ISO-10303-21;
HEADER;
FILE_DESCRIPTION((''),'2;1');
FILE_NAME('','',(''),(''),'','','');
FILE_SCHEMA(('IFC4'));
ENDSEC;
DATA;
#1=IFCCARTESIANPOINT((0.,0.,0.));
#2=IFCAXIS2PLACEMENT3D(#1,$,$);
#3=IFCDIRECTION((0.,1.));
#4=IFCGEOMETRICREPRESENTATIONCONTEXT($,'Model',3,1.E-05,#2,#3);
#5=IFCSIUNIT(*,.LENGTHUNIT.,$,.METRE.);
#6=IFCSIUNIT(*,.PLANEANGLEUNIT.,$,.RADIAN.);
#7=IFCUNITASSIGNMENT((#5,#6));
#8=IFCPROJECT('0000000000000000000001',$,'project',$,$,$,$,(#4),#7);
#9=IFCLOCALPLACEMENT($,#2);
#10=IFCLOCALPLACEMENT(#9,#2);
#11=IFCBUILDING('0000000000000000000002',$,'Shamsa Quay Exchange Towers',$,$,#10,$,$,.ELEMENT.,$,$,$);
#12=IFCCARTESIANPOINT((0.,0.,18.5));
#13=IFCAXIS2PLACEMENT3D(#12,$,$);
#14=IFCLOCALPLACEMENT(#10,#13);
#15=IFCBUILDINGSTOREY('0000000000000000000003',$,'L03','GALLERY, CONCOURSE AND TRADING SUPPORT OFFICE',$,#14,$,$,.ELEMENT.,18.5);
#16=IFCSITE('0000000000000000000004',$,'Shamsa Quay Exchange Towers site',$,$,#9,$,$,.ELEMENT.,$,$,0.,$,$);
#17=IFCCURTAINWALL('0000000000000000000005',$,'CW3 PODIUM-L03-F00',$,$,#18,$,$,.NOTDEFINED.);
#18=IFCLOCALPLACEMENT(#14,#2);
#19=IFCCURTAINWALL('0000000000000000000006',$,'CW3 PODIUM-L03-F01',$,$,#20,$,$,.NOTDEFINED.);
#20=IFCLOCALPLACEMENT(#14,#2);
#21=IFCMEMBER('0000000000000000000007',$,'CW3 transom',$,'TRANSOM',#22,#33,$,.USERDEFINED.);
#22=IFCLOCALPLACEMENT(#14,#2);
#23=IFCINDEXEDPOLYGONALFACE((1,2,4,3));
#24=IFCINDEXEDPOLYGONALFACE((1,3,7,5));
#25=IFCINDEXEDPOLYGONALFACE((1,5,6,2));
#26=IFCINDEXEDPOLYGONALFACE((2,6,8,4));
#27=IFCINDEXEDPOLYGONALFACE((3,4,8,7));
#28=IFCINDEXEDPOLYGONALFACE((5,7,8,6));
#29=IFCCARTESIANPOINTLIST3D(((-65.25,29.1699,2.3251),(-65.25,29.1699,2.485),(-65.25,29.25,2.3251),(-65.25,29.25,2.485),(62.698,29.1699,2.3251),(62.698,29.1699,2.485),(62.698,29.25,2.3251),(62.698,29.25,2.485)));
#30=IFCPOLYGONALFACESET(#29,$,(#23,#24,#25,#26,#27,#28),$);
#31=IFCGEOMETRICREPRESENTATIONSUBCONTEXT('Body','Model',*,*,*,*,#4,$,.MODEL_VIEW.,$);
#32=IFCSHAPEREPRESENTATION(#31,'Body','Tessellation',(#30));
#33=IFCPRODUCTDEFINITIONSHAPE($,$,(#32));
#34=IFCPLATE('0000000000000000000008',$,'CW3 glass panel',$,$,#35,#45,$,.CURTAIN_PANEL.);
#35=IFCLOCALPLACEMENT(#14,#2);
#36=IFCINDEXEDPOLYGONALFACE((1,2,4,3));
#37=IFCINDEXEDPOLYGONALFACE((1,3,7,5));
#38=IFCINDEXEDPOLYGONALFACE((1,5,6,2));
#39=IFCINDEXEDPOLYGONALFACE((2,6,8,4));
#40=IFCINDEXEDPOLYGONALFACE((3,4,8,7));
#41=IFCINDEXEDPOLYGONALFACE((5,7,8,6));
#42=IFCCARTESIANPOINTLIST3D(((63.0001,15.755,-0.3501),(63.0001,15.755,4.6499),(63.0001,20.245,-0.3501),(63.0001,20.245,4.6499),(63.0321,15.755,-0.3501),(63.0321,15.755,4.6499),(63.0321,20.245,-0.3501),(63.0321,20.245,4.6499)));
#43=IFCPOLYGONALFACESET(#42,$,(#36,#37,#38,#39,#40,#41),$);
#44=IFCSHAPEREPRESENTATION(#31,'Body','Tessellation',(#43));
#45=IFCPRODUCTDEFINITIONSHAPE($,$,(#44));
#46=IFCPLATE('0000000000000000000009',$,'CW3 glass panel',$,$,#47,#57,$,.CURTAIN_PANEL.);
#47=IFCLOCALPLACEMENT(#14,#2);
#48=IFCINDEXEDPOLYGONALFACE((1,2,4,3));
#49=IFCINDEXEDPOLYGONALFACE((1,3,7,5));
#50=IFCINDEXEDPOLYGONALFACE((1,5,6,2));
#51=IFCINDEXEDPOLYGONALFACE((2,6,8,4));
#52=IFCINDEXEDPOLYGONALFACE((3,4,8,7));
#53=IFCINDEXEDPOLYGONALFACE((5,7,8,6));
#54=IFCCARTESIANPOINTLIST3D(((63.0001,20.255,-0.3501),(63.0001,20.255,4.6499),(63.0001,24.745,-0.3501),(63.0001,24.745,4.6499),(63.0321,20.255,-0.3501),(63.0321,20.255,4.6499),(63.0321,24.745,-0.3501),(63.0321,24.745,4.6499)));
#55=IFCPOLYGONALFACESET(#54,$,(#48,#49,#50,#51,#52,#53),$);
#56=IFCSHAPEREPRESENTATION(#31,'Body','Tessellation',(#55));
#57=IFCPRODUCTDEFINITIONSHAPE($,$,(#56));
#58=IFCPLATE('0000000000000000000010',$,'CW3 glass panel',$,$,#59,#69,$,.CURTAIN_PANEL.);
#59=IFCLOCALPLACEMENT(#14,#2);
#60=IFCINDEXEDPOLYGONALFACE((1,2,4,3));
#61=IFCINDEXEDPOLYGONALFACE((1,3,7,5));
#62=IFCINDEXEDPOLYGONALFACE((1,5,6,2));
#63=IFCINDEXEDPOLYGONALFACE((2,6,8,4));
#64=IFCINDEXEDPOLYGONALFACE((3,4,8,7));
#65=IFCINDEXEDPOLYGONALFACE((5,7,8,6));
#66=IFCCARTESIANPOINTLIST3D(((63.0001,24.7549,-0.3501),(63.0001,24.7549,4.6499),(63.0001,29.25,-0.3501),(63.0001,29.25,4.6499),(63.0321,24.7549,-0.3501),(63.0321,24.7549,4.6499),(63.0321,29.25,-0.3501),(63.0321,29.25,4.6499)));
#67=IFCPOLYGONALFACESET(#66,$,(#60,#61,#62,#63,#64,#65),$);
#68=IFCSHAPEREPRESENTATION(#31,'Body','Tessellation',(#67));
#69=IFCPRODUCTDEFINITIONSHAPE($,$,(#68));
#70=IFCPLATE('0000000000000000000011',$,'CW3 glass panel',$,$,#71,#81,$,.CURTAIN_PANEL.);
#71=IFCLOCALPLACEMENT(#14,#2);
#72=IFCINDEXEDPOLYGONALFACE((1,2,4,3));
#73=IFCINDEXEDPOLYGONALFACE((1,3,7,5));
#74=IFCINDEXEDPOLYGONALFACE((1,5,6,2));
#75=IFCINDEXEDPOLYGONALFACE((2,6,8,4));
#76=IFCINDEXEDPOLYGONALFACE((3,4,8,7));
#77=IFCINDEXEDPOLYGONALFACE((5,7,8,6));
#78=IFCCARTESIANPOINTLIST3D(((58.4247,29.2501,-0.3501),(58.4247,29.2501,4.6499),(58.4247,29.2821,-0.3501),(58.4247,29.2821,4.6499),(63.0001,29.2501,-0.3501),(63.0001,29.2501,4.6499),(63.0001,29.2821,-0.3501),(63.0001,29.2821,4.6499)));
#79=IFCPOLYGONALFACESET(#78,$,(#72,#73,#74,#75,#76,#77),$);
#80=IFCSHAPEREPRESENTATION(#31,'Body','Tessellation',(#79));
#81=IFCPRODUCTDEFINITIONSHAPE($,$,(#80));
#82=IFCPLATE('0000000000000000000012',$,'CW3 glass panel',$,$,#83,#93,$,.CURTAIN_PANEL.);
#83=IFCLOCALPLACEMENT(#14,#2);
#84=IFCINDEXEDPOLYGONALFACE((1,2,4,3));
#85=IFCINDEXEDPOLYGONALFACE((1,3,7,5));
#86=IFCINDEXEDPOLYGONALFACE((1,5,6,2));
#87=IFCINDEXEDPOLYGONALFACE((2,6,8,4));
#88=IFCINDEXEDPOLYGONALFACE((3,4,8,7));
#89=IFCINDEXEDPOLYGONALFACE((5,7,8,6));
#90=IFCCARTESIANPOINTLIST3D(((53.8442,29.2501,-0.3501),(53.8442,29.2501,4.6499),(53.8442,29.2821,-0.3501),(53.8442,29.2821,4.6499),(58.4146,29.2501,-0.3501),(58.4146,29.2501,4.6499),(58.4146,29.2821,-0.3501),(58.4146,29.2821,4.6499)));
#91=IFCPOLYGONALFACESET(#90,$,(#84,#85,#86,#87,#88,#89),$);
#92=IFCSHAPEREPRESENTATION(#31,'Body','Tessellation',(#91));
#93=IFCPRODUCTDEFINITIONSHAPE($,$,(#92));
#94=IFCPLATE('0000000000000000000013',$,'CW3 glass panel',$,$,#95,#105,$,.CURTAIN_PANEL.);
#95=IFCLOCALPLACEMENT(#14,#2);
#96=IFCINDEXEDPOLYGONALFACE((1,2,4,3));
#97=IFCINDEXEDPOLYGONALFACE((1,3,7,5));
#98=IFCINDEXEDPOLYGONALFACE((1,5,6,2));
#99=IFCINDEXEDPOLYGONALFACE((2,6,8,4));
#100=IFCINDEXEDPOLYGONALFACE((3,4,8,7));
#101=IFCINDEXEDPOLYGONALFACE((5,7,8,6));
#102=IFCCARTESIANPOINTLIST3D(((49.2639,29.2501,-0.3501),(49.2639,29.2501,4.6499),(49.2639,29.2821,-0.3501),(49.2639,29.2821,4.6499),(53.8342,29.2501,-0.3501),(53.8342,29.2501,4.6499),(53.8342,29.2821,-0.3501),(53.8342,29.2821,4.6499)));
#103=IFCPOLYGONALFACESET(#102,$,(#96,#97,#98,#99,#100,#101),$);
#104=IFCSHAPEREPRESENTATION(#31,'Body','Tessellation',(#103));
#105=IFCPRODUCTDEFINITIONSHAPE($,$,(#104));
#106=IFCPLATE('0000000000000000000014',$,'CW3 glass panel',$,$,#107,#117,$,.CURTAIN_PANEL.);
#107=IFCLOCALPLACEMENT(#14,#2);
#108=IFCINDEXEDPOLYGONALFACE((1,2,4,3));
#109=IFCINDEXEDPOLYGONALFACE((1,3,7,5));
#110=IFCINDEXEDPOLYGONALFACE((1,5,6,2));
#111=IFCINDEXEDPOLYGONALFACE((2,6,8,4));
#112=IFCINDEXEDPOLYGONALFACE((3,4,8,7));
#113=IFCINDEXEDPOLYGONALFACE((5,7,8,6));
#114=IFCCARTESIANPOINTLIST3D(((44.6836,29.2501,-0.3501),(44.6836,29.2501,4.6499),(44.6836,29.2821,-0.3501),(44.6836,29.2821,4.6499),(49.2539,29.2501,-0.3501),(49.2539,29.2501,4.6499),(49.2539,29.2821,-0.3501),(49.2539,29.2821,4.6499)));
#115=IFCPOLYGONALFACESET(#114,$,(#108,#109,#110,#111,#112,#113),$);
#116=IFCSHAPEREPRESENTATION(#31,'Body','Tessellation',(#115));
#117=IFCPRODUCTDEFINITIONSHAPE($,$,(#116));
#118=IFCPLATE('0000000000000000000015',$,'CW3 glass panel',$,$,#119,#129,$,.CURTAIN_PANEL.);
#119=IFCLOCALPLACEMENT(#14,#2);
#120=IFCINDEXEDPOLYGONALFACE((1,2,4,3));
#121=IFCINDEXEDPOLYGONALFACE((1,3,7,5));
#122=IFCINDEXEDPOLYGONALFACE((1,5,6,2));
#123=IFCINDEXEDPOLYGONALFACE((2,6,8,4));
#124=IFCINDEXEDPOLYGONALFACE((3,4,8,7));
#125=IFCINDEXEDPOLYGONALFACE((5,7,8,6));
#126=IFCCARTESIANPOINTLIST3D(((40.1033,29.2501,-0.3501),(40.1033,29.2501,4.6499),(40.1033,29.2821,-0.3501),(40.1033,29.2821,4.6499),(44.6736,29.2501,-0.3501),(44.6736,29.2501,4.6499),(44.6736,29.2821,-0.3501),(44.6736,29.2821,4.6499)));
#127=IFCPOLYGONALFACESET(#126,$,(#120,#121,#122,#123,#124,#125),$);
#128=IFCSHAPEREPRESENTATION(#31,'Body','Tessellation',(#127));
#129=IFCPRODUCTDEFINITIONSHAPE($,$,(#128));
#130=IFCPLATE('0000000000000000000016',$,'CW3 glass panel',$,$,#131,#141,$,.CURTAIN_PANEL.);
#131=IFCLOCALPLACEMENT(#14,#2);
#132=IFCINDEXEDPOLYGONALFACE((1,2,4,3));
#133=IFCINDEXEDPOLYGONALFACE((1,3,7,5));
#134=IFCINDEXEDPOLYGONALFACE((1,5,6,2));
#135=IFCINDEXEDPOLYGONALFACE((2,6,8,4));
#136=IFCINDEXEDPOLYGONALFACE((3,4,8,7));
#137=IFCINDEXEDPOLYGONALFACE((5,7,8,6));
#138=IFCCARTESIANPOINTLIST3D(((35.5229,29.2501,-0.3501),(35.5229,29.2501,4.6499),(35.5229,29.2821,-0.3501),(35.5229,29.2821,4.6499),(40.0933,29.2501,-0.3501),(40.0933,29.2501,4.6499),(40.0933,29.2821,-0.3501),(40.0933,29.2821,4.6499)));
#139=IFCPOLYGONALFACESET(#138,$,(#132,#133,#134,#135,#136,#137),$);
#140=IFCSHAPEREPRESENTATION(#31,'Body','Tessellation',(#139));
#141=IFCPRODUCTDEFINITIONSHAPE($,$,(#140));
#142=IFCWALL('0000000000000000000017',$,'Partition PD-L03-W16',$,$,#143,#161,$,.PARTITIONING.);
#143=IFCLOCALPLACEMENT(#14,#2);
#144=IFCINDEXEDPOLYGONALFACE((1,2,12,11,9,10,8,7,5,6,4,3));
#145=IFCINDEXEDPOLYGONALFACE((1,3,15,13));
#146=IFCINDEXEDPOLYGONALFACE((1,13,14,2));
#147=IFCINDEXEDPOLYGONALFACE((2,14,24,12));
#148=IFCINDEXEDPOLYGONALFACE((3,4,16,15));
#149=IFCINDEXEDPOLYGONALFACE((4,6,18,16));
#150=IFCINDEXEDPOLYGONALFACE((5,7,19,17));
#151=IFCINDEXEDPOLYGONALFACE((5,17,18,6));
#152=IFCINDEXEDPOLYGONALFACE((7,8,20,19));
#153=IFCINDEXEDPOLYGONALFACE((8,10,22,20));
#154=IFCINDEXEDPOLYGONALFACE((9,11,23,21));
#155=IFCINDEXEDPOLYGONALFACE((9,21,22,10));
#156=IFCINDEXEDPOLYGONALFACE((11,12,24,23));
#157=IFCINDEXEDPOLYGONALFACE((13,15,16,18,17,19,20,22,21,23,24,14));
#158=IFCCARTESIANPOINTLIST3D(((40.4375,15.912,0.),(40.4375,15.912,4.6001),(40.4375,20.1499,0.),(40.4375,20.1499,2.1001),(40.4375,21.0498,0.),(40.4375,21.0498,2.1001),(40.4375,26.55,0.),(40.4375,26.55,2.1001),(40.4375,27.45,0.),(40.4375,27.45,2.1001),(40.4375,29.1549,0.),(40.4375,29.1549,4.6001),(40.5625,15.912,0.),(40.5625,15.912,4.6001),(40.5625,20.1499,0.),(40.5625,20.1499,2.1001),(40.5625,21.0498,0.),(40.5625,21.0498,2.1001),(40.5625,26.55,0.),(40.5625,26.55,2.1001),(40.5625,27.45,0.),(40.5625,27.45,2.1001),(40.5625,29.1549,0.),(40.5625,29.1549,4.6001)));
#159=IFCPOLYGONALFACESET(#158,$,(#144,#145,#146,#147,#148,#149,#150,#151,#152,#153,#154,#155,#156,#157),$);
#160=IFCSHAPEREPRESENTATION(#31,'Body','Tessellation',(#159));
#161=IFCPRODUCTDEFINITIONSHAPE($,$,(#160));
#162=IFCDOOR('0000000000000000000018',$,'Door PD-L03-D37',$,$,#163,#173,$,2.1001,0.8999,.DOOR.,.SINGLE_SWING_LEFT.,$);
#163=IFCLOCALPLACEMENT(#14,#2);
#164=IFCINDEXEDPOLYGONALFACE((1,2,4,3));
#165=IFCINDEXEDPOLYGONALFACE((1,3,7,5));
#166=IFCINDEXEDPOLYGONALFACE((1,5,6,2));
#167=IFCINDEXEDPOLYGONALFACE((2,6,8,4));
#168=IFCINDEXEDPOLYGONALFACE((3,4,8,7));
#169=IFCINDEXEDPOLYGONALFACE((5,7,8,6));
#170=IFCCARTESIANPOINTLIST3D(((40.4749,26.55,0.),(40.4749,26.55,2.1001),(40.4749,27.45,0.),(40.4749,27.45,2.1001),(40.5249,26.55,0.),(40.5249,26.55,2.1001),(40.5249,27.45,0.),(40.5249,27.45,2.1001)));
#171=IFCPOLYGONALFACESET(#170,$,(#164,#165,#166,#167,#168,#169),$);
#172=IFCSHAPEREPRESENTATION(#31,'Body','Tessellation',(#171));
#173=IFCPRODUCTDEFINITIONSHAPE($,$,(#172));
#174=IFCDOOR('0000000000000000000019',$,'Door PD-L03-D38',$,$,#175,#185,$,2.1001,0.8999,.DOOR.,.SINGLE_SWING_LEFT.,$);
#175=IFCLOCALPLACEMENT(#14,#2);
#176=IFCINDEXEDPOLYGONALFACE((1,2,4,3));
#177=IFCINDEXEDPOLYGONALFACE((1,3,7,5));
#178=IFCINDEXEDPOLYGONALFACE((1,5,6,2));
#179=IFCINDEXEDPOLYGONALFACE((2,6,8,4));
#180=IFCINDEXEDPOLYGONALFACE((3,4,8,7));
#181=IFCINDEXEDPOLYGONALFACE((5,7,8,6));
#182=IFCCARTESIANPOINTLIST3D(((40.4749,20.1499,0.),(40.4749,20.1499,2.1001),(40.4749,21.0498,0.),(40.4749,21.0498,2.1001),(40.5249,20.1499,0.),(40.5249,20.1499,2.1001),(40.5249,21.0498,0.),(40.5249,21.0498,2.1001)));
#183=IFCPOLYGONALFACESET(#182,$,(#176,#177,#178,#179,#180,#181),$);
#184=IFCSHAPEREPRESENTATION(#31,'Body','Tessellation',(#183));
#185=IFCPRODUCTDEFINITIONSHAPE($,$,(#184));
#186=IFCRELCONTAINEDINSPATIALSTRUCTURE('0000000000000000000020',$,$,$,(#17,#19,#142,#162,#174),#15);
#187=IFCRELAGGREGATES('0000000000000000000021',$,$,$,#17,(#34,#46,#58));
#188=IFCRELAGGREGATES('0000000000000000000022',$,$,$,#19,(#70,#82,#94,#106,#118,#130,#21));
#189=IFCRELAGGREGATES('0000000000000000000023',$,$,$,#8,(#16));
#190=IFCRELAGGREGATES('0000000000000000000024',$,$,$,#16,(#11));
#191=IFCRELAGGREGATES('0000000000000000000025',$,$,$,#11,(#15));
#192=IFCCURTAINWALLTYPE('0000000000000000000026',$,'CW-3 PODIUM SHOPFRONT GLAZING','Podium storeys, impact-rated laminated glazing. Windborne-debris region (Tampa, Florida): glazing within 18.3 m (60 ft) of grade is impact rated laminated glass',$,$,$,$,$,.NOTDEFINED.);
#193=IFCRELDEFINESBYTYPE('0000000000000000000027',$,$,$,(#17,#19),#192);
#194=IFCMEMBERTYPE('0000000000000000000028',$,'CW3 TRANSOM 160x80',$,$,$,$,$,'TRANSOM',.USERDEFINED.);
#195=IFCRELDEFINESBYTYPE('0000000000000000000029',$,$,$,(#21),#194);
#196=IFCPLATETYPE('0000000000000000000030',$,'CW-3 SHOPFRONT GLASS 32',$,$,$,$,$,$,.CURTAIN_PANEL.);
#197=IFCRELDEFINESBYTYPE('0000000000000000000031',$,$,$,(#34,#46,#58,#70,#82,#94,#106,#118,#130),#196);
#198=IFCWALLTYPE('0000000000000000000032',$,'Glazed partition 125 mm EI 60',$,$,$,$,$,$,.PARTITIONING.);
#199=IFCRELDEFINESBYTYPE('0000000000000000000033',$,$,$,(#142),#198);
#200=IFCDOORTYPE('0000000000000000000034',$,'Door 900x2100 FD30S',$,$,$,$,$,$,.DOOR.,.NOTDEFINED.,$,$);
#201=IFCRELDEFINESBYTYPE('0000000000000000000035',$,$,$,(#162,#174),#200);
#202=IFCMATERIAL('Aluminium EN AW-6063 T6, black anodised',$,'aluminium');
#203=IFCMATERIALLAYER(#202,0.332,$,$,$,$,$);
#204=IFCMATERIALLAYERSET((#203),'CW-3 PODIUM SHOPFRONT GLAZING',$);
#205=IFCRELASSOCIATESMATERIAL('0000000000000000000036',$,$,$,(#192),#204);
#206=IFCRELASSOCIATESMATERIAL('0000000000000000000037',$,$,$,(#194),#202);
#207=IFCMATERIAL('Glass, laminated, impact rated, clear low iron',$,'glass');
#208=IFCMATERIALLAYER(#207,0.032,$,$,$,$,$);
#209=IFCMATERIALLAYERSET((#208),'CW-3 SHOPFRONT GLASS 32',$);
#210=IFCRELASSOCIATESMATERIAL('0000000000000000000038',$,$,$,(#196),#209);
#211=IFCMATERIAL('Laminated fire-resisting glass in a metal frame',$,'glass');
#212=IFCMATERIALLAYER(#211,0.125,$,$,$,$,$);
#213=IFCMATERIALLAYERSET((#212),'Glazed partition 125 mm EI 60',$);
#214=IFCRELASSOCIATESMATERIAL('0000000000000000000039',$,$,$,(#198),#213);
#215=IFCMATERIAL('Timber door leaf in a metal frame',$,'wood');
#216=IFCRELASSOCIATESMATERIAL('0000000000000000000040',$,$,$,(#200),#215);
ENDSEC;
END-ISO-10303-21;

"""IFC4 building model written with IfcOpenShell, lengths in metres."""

from ifc_helpers import new_model, si_unit, direction, frame, frame_2d, origin, origin_2d, place, context, subcontext, project, spatial, rectangle, extrude, material, layer, layer_set, material_profile, profile_set, type_object, element, fill, aggregate, save


model = new_model("IFC4")

# Units and contexts
model_context = context("Model", 3, precision=1e-05, world=origin(), true_north=direction((0.0, 1.0)))
body_context = subcontext(model_context, "Body", "Model", "MODEL_VIEW")
ifc_project = project(units=[si_unit("LENGTHUNIT", "METRE"), si_unit("PLANEANGLEUNIT", "RADIAN")], contexts=[model_context])

# Site, building, storey
site_placement = place(None, origin())
site = spatial("IfcSite", under=ifc_project, at=site_placement, Name="Shamsa Quay Exchange Towers site", CompositionType="ELEMENT", RefElevation=0.0)
building_placement = place(site_placement, origin())
building = spatial("IfcBuilding", under=site, at=building_placement, Name="Shamsa Quay Exchange Towers", CompositionType="ELEMENT")
storey_placement = place(building_placement, frame((0.0, 0.0, 18.5)))
storey = spatial("IfcBuildingStorey", under=building, at=storey_placement, Name="L03", Description="GALLERY, CONCOURSE AND TRADING SUPPORT OFFICE", CompositionType="ELEMENT", Elevation=18.5)

# Curtain wall
ifc_material_1 = material(Name="Aluminium EN AW-6063 T6, black anodised", Category="aluminium")
ifc_layer_1 = layer(ifc_material_1, 0.332)
ifc_layer_set_1 = layer_set([ifc_layer_1], Name="CW-3 PODIUM SHOPFRONT GLAZING")
curtain_wall_type = type_object("IfcCurtainWallType", Name="CW-3 PODIUM SHOPFRONT GLAZING", Description="Podium storeys, impact-rated laminated glazing. Windborne-debris region (Tampa, Florida): glazing within 18.3 m (60 ft) of grade is impact rated laminated glass", PredefinedType="NOTDEFINED", material=ifc_layer_set_1)
curtain_wall_1_placement = place(storey_placement, origin())
curtain_wall_1 = element("IfcCurtainWall", 1, at=curtain_wall_1_placement, inside=storey, type_object=curtain_wall_type, Name="CW3 PODIUM-L03-F00", PredefinedType="NOTDEFINED")

# Curtain wall, member
curtain_wall_2_placement = place(storey_placement, origin())
curtain_wall_2 = element("IfcCurtainWall", 2, at=curtain_wall_2_placement, inside=storey, type_object=curtain_wall_type, Name="CW3 PODIUM-L03-F01", PredefinedType="NOTDEFINED")
ifc_material_profile_1 = material_profile(ifc_material_1, rectangle(XDim=0.0801, YDim=0.1599, at=origin_2d()), Name="TR160x80")
ifc_profile_set_1 = profile_set([ifc_material_profile_1], Name="Aluminium EN AW-6063 T6, black anodised")
member_type_1 = type_object("IfcMemberType", Name="CW3 TRANSOM 160x80", ElementType="TRANSOM", PredefinedType="USERDEFINED", material=ifc_profile_set_1)
member_1_placement = place(storey_placement, frame((62.698, 29.21, 2.405), z_axis=(-1.0, 0.0, 0.0), x_axis=(0.0, -1.0, 0.0)))
member_1 = element("IfcMember", 3, at=member_1_placement, type_object=member_type_1, Name="CW3 transom", ObjectType="TRANSOM", PredefinedType="USERDEFINED", context=body_context, shape_type="SweptSolid", body=[
    extrude(rectangle(XDim=0.0801, YDim=0.1599, at=origin_2d()), origin(), (0.0, 0.0, 1.0), 127.948),
])

# Plates
ifc_material_2 = material(Name="Glass, laminated, impact rated, clear low iron", Category="glass")
ifc_layer_2 = layer(ifc_material_2, 0.032)
ifc_layer_set_2 = layer_set([ifc_layer_2], Name="CW-3 SHOPFRONT GLASS 32")
plate_type = type_object("IfcPlateType", Name="CW-3 SHOPFRONT GLASS 32", PredefinedType="CURTAIN_PANEL", material=ifc_layer_set_2)
plate_1_placement = place(storey_placement, frame((63.0161, 18.0, -0.3501), z_axis=(0.0, 0.0, 1.0), x_axis=(0.0, 1.0, 0.0)))
plate_1 = element("IfcPlate", 4, at=plate_1_placement, type_object=plate_type, Name="CW3 glass panel", PredefinedType="CURTAIN_PANEL", context=body_context, shape_type="SweptSolid", body=[
    extrude(rectangle(XDim=4.49, YDim=0.032, at=origin_2d()), origin(), (0.0, 0.0, 1.0), 5.0),
])
plate_2_placement = place(storey_placement, frame((63.0161, 22.5, -0.3501), z_axis=(0.0, 0.0, 1.0), x_axis=(0.0, 1.0, 0.0)))
plate_2 = element("IfcPlate", 5, at=plate_2_placement, type_object=plate_type, Name="CW3 glass panel", PredefinedType="CURTAIN_PANEL", context=body_context, shape_type="SweptSolid", body=[
    extrude(rectangle(XDim=4.49, YDim=0.032, at=origin_2d()), origin(), (0.0, 0.0, 1.0), 5.0),
])
plate_3_placement = place(storey_placement, frame((63.0161, 27.0024, -0.3501), z_axis=(0.0, 0.0, 1.0), x_axis=(0.0, 1.0, 0.0)))
plate_3 = element("IfcPlate", 6, at=plate_3_placement, type_object=plate_type, Name="CW3 glass panel", PredefinedType="CURTAIN_PANEL", context=body_context, shape_type="SweptSolid", body=[
    extrude(rectangle(XDim=4.4951, YDim=0.032, at=origin_2d()), origin(), (0.0, 0.0, 1.0), 5.0),
])
aggregate(curtain_wall_1, [plate_1, plate_2, plate_3])
plate_4_placement = place(storey_placement, frame((60.7124, 29.2661, -0.3501), z_axis=(0.0, 0.0, 1.0), x_axis=(-1.0, 0.0, 0.0)))
plate_4 = element("IfcPlate", 7, at=plate_4_placement, type_object=plate_type, Name="CW3 glass panel", PredefinedType="CURTAIN_PANEL", context=body_context, shape_type="SweptSolid", body=[
    extrude(rectangle(XDim=4.5754, YDim=0.032, at=origin_2d()), origin(), (0.0, 0.0, 1.0), 5.0),
])
plate_5_placement = place(storey_placement, frame((56.1294, 29.2661, -0.3501), z_axis=(0.0, 0.0, 1.0), x_axis=(-1.0, 0.0, 0.0)))
plate_5 = element("IfcPlate", 8, at=plate_5_placement, type_object=plate_type, Name="CW3 glass panel", PredefinedType="CURTAIN_PANEL", context=body_context, shape_type="SweptSolid", body=[
    extrude(rectangle(XDim=4.5703, YDim=0.032, at=origin_2d()), origin(), (0.0, 0.0, 1.0), 5.0),
])
plate_6_placement = place(storey_placement, frame((51.5491, 29.2661, -0.3501), z_axis=(0.0, 0.0, 1.0), x_axis=(-1.0, 0.0, 0.0)))
plate_6 = element("IfcPlate", 9, at=plate_6_placement, type_object=plate_type, Name="CW3 glass panel", PredefinedType="CURTAIN_PANEL", context=body_context, shape_type="SweptSolid", body=[
    extrude(rectangle(XDim=4.5703, YDim=0.032, at=origin_2d()), origin(), (0.0, 0.0, 1.0), 5.0),
])
plate_7_placement = place(storey_placement, frame((46.9688, 29.2661, -0.3501), z_axis=(0.0, 0.0, 1.0), x_axis=(-1.0, 0.0, 0.0)))
plate_7 = element("IfcPlate", 10, at=plate_7_placement, type_object=plate_type, Name="CW3 glass panel", PredefinedType="CURTAIN_PANEL", context=body_context, shape_type="SweptSolid", body=[
    extrude(rectangle(XDim=4.5703, YDim=0.032, at=origin_2d()), origin(), (0.0, 0.0, 1.0), 5.0),
])
plate_8_placement = place(storey_placement, frame((42.3884, 29.2661, -0.3501), z_axis=(0.0, 0.0, 1.0), x_axis=(-1.0, 0.0, 0.0)))
plate_8 = element("IfcPlate", 11, at=plate_8_placement, type_object=plate_type, Name="CW3 glass panel", PredefinedType="CURTAIN_PANEL", context=body_context, shape_type="SweptSolid", body=[
    extrude(rectangle(XDim=4.5703, YDim=0.032, at=origin_2d()), origin(), (0.0, 0.0, 1.0), 5.0),
])
plate_9_placement = place(storey_placement, frame((37.8081, 29.2661, -0.3501), z_axis=(0.0, 0.0, 1.0), x_axis=(-1.0, 0.0, 0.0)))
plate_9 = element("IfcPlate", 12, at=plate_9_placement, type_object=plate_type, Name="CW3 glass panel", PredefinedType="CURTAIN_PANEL", context=body_context, shape_type="SweptSolid", body=[
    extrude(rectangle(XDim=4.5703, YDim=0.032, at=origin_2d()), origin(), (0.0, 0.0, 1.0), 5.0),
])
aggregate(curtain_wall_2, [plate_4, plate_5, plate_6, plate_7, plate_8, plate_9, member_1])

# Wall, openings, doors
ifc_material_3 = material(Name="Laminated fire-resisting glass in a metal frame", Category="glass")
ifc_layer_3 = layer(ifc_material_3, 0.125)
ifc_layer_set_3 = layer_set([ifc_layer_3], Name="Glazed partition 125 mm EI 60")
wall_type_1 = type_object("IfcWallType", Name="Glazed partition 125 mm EI 60", PredefinedType="PARTITIONING", material=ifc_layer_set_3)
wall_1_placement = place(storey_placement, frame((40.5, 29.155, 0.0), z_axis=(0.0, 0.0, 1.0), x_axis=(0.0, -1.0, 0.0)))
wall_1 = element("IfcWall", 13, at=wall_1_placement, inside=storey, type_object=wall_type_1, Name="Partition PD-L03-W16", PredefinedType="PARTITIONING", context=body_context, shape_type="SweptSolid", body=[
    extrude(rectangle(XDim=13.2429, YDim=0.125, at=frame_2d((6.6216, 0.0))), origin(), (0.0, 0.0, 1.0), 4.6001),
])
opening_1_placement = place(wall_1_placement, frame((1.7051, 0.0, 0.0)))
opening_1 = element("IfcOpeningElement", 14, at=opening_1_placement, cuts=wall_1, PredefinedType="OPENING", context=body_context, shape_type="SweptSolid", body=[
    extrude(rectangle(XDim=0.8999, YDim=2.1001, at=frame_2d((0.45, 1.05))), frame((0.0, 0.0725, 0.0), z_axis=(0.0, -1.0, 0.0), x_axis=(1.0, 0.0, 0.0)), (0.0, 0.0, 1.0), 0.145),
])
opening_2_placement = place(wall_1_placement, frame((8.1052, 0.0, 0.0)))
opening_2 = element("IfcOpeningElement", 15, at=opening_2_placement, cuts=wall_1, PredefinedType="OPENING", context=body_context, shape_type="SweptSolid", body=[
    extrude(rectangle(XDim=0.8999, YDim=2.1001, at=frame_2d((0.45, 1.05))), frame((0.0, 0.0725, 0.0), z_axis=(0.0, -1.0, 0.0), x_axis=(1.0, 0.0, 0.0)), (0.0, 0.0, 1.0), 0.145),
])
ifc_material_4 = material(Name="Timber door leaf in a metal frame", Category="wood")
door_type = type_object("IfcDoorType", Name="Door 900x2100 FD30S", OperationType="NOTDEFINED", PredefinedType="DOOR", material=ifc_material_4)
door_1_placement = place(opening_1_placement, origin())
door_1 = element("IfcDoor", 16, at=door_1_placement, inside=storey, type_object=door_type, Name="Door PD-L03-D37", OperationType="SINGLE_SWING_LEFT", OverallHeight=2.1001, OverallWidth=0.8999, PredefinedType="DOOR", context=body_context, shape_type="SweptSolid", body=[
    extrude(rectangle(XDim=0.8999, YDim=2.1001, at=frame_2d((0.45, 1.05))), frame((0.0, 0.0249, 0.0), z_axis=(0.0, -1.0, 0.0), x_axis=(1.0, 0.0, 0.0)), (0.0, 0.0, 1.0), 0.05),
])
fill(opening_1, door_1)
door_2_placement = place(opening_2_placement, origin())
door_2 = element("IfcDoor", 17, at=door_2_placement, inside=storey, type_object=door_type, Name="Door PD-L03-D38", OperationType="SINGLE_SWING_LEFT", OverallHeight=2.1001, OverallWidth=0.8999, PredefinedType="DOOR", context=body_context, shape_type="SweptSolid", body=[
    extrude(rectangle(XDim=0.8999, YDim=2.1001, at=frame_2d((0.45, 1.05))), frame((0.0, 0.0249, 0.0), z_axis=(0.0, -1.0, 0.0), x_axis=(1.0, 0.0, 0.0)), (0.0, 0.0, 1.0), 0.05),
])
fill(opening_2, door_2)

save(model, "model.ifc")
